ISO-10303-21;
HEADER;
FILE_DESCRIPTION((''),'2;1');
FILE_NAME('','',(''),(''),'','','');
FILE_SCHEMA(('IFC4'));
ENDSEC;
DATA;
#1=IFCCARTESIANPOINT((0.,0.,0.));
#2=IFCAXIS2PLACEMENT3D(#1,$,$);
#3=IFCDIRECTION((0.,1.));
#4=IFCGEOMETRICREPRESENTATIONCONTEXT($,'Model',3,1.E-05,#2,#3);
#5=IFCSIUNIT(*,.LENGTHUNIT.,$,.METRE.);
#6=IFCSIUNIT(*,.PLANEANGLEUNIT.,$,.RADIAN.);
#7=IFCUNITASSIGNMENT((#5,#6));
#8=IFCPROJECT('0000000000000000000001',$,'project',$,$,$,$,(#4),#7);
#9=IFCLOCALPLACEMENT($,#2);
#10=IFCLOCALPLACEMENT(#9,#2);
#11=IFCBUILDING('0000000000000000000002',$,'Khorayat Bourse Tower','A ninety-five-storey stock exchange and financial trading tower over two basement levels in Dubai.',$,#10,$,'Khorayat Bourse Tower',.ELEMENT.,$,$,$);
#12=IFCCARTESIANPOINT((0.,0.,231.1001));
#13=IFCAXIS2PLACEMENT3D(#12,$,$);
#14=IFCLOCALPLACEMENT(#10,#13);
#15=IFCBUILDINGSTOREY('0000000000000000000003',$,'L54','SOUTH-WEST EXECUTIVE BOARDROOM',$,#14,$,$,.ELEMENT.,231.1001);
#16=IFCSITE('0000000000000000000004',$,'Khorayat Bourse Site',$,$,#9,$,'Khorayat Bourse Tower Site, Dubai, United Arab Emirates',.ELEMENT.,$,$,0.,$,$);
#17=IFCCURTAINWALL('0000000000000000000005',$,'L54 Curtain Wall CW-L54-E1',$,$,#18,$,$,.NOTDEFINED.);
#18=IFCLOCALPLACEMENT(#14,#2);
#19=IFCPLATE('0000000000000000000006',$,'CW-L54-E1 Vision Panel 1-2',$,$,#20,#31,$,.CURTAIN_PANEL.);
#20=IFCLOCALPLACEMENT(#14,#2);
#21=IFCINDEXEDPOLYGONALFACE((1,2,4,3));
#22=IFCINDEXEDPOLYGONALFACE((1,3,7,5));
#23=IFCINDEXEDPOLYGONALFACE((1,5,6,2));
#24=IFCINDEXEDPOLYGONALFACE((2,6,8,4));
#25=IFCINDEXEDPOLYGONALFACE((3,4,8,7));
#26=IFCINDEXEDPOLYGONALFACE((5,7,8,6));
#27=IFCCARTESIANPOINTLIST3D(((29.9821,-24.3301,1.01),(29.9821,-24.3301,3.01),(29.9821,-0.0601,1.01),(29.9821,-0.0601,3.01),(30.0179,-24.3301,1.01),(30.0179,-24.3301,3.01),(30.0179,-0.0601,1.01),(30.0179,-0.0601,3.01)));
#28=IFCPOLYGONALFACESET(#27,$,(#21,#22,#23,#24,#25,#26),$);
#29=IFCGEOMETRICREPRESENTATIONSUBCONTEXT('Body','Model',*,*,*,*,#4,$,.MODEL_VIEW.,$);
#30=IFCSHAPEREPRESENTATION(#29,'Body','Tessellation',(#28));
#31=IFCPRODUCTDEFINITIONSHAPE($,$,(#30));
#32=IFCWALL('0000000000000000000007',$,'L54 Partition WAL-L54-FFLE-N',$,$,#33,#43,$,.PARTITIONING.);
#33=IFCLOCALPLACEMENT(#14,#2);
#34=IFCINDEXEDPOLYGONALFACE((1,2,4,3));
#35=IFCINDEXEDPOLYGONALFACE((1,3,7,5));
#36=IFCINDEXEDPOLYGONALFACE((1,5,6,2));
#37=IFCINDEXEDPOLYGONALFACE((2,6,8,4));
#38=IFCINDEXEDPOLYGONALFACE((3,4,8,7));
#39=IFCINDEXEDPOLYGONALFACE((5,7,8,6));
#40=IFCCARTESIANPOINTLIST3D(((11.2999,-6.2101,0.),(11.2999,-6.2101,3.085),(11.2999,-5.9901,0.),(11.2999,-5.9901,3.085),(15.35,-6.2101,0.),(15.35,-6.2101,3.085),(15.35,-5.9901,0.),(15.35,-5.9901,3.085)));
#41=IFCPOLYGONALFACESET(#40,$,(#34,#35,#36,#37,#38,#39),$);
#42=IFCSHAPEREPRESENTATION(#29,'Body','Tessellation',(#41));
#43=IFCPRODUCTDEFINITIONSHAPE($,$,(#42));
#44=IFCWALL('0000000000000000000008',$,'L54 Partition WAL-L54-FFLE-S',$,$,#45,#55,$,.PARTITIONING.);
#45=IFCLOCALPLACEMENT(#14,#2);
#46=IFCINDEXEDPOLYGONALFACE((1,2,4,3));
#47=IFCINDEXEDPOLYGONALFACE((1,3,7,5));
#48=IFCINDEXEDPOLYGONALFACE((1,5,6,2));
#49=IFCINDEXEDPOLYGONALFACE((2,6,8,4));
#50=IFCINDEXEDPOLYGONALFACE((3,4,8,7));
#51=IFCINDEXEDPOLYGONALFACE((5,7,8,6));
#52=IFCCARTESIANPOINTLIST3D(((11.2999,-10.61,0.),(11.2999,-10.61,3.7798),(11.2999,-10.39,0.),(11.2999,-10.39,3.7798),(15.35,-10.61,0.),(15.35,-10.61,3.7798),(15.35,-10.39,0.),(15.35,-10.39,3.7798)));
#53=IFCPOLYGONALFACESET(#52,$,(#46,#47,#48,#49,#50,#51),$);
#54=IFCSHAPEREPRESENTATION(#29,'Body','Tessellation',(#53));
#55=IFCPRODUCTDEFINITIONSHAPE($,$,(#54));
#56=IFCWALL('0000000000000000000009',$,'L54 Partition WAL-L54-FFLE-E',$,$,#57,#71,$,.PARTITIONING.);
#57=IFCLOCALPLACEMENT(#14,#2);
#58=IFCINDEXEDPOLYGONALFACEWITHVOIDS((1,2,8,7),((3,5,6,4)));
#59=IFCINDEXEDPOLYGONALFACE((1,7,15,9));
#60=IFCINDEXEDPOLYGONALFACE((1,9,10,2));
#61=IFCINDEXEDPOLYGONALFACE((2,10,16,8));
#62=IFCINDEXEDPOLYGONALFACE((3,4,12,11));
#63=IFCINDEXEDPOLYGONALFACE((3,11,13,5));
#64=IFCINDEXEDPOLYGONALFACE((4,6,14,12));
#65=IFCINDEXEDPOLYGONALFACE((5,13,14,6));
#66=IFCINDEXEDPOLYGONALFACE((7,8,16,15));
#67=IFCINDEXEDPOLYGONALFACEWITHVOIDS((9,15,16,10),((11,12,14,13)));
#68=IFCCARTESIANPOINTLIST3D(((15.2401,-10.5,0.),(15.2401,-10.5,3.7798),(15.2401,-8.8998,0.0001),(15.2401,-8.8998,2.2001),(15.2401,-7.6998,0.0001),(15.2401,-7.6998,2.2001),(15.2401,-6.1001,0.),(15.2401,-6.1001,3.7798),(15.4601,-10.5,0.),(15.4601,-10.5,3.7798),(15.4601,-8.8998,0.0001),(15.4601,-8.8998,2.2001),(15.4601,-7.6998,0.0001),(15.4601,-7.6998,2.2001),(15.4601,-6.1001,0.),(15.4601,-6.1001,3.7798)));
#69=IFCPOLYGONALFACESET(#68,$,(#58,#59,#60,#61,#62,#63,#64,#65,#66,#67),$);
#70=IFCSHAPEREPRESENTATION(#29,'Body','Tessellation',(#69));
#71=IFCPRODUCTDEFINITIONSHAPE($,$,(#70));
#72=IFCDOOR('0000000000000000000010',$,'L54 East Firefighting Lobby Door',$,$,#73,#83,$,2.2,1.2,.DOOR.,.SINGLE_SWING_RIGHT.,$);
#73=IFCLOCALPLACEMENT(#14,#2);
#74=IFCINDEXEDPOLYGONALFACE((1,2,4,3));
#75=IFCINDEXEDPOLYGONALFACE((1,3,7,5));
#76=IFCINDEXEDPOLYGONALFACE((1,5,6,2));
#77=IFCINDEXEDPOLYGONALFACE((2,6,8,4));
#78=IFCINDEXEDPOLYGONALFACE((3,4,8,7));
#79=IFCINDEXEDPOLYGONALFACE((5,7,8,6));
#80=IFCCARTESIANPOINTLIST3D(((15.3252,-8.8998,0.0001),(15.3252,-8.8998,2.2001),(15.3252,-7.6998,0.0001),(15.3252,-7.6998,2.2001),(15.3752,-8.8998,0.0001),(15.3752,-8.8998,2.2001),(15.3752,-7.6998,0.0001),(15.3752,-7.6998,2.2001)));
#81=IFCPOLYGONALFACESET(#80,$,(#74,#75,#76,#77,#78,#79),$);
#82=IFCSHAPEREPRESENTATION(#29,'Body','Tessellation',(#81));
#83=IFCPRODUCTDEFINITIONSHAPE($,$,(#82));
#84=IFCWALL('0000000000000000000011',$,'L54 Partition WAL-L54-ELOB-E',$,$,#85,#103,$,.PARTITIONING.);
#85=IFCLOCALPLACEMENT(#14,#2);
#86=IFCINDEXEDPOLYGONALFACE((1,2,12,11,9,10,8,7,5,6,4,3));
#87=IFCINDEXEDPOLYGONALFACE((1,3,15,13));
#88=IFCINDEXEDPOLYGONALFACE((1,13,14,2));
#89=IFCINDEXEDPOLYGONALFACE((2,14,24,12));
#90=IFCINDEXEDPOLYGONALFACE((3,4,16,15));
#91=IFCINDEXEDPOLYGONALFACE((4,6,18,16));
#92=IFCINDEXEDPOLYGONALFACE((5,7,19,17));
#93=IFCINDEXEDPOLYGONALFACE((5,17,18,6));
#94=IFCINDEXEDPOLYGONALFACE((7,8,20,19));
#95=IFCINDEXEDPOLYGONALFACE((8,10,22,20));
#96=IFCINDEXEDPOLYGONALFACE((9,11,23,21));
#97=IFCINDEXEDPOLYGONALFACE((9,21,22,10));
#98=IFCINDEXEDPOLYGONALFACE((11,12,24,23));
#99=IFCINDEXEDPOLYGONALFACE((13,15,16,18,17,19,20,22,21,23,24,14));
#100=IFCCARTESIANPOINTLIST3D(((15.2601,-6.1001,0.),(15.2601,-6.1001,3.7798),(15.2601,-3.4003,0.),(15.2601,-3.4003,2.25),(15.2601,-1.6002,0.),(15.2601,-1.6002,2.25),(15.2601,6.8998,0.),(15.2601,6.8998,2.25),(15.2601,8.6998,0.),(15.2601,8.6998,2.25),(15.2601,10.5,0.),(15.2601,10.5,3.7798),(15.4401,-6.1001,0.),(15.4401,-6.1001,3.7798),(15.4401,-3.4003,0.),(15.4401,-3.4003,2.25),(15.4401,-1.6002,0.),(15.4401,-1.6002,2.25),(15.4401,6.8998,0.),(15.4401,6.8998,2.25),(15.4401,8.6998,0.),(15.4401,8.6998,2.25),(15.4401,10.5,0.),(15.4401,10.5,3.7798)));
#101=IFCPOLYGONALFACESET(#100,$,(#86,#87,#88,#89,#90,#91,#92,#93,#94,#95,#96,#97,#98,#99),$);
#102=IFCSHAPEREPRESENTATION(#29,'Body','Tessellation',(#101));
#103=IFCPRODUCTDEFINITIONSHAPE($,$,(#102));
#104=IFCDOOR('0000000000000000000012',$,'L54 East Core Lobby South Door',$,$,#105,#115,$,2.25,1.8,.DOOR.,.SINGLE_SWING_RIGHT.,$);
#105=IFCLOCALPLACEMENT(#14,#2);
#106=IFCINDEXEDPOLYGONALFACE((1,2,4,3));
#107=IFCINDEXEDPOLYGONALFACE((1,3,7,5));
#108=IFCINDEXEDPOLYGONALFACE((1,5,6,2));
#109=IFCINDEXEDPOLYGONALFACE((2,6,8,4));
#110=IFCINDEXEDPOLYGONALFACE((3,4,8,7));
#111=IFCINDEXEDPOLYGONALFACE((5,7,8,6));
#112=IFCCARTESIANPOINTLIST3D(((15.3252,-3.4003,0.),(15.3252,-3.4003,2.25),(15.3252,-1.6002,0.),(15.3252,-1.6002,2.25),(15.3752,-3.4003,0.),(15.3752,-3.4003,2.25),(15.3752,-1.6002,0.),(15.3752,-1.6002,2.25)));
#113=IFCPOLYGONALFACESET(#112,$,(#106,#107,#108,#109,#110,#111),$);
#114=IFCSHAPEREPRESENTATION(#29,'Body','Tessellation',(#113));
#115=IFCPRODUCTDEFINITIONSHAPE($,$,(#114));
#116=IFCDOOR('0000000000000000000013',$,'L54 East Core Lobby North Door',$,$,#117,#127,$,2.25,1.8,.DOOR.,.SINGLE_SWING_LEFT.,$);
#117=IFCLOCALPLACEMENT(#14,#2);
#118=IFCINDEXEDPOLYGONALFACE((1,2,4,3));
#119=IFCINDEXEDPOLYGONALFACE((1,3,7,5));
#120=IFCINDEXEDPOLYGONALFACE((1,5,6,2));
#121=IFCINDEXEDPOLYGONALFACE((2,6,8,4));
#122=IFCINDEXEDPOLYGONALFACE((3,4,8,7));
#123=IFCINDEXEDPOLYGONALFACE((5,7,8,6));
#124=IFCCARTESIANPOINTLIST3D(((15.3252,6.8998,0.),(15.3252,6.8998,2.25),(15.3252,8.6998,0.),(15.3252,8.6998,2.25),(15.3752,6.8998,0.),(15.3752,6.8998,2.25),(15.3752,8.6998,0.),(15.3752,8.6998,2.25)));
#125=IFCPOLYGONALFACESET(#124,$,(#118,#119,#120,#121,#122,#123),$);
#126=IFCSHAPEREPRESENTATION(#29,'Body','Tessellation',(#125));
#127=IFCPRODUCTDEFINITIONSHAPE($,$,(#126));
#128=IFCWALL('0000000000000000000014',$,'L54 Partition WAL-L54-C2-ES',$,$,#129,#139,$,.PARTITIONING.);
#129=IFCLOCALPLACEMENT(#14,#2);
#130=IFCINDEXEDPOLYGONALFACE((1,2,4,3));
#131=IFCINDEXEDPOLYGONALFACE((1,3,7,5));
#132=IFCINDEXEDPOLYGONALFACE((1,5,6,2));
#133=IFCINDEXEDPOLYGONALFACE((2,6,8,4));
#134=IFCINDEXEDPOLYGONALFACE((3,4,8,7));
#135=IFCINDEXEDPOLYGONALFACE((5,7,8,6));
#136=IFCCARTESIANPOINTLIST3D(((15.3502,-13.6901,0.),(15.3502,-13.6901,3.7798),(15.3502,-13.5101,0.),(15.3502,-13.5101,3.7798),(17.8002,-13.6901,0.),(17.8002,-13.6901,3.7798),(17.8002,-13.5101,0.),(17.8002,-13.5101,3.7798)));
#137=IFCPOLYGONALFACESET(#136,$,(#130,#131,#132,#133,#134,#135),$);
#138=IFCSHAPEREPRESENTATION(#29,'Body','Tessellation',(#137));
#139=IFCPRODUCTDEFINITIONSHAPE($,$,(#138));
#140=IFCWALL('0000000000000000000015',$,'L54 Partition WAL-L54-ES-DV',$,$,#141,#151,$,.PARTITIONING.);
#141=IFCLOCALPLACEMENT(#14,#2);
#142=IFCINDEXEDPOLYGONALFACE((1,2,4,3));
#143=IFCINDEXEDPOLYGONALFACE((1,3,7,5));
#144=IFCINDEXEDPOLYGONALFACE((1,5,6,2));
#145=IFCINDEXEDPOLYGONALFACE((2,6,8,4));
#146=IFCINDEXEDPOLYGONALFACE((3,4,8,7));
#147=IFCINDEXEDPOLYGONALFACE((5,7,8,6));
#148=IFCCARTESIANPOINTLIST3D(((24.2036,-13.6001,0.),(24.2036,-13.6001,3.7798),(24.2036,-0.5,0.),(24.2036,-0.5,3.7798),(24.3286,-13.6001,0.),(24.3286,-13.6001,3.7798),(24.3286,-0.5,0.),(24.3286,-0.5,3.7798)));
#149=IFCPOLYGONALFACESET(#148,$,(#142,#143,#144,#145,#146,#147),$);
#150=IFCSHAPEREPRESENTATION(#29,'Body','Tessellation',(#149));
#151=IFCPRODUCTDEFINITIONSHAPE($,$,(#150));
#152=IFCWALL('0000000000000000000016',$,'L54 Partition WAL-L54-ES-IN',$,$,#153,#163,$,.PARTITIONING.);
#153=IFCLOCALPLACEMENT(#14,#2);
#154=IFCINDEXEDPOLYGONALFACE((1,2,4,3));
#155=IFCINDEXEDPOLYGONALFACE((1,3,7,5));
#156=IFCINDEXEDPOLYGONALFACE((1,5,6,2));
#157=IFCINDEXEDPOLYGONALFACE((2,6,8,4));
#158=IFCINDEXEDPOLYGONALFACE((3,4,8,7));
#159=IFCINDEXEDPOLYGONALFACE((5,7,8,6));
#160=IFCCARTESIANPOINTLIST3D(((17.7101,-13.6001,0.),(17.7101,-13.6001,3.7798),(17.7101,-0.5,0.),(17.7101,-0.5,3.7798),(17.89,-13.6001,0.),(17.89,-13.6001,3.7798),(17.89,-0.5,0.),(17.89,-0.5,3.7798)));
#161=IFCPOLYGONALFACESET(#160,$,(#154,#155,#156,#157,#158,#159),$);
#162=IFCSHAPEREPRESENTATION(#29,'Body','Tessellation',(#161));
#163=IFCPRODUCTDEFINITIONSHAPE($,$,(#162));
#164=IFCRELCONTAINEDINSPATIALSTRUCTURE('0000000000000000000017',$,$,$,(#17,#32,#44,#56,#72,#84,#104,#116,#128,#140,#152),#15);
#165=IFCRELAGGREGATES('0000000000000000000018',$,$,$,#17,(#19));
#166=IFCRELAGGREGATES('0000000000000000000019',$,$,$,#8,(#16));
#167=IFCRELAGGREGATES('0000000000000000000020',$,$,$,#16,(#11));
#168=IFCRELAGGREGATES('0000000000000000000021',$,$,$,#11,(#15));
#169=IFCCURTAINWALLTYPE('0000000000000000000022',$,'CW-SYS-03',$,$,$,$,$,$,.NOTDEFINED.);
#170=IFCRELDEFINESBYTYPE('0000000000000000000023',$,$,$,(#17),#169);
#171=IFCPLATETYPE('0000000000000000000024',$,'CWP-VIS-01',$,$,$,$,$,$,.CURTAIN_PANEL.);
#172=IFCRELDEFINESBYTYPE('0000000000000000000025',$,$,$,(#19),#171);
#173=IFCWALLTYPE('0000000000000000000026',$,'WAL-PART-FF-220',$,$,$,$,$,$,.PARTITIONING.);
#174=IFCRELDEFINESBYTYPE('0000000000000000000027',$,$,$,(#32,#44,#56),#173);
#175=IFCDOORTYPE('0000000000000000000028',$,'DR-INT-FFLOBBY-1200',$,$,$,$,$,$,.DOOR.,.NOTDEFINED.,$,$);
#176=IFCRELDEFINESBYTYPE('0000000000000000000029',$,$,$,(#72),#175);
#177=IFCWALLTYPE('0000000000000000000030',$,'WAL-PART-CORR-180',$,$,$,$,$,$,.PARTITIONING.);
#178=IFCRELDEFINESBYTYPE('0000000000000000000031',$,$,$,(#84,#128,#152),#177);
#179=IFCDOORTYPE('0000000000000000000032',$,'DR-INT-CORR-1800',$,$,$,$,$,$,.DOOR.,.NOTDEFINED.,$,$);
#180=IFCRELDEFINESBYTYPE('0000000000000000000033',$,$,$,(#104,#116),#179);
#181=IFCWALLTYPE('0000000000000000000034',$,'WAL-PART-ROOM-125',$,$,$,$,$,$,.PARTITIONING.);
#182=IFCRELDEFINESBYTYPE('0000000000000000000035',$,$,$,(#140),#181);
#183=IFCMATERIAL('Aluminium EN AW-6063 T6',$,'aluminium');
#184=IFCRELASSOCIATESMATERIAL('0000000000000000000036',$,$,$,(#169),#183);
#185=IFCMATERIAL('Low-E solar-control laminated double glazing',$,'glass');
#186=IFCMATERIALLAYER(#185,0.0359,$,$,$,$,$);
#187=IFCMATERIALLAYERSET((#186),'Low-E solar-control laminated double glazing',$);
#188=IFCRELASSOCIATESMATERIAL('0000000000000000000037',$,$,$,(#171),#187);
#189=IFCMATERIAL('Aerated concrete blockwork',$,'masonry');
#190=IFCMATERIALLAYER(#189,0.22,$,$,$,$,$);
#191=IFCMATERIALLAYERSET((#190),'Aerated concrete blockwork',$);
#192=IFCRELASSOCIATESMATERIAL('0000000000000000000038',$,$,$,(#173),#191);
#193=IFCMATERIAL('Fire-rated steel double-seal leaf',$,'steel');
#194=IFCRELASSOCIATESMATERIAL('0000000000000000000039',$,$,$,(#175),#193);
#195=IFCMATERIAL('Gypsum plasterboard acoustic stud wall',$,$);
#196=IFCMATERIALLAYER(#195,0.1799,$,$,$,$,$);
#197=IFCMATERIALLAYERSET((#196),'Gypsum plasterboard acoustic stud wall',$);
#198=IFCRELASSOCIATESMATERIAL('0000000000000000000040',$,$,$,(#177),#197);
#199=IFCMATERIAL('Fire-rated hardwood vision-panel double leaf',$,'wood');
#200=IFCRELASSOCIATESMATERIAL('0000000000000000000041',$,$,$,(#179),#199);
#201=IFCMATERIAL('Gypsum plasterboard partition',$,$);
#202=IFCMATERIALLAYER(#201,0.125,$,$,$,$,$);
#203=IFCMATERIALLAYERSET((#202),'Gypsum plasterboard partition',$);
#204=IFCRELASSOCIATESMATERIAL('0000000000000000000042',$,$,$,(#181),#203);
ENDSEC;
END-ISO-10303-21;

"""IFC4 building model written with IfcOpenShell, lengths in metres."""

from ifc_helpers import new_model, si_unit, direction, frame, frame_2d, origin, origin_2d, place, context, subcontext, project, spatial, rectangle, extrude, source, transform, mapped, material, layer, layer_set, type_object, element, fill, aggregate, save


model = new_model("IFC4")

# Units and contexts
model_context = context("Model", 3, precision=1e-05, world=origin(), true_north=direction((0.0, 1.0)))
body_context = subcontext(model_context, "Body", "Model", "MODEL_VIEW")
ifc_project = project(units=[si_unit("LENGTHUNIT", "METRE"), si_unit("PLANEANGLEUNIT", "RADIAN")], contexts=[model_context])

# Site, building, storey
site_placement = place(None, origin())
site = spatial("IfcSite", under=ifc_project, at=site_placement, Name="Khorayat Bourse Site", LongName="Khorayat Bourse Tower Site, Dubai, United Arab Emirates", CompositionType="ELEMENT", RefElevation=0.0)
building_placement = place(site_placement, origin())
building = spatial("IfcBuilding", under=site, at=building_placement, Name="Khorayat Bourse Tower", Description="A ninety-five-storey stock exchange and financial trading tower over two basement levels in Dubai.", LongName="Khorayat Bourse Tower", CompositionType="ELEMENT")
storey_placement = place(building_placement, frame((0.0, 0.0, 231.1001)))
storey = spatial("IfcBuildingStorey", under=building, at=storey_placement, Name="L54", Description="SOUTH-WEST EXECUTIVE BOARDROOM", CompositionType="ELEMENT", Elevation=231.1001)

# Curtain wall
ifc_material_1 = material(Name="Aluminium EN AW-6063 T6", Category="aluminium")
curtain_wall_type = type_object("IfcCurtainWallType", Name="CW-SYS-03", PredefinedType="NOTDEFINED", material=ifc_material_1)
curtain_wall_placement = place(storey_placement, origin())
curtain_wall = element("IfcCurtainWall", 1, at=curtain_wall_placement, inside=storey, type_object=curtain_wall_type, Name="L54 Curtain Wall CW-L54-E1", PredefinedType="NOTDEFINED")

# Plate
ifc_material_2 = material(Name="Low-E solar-control laminated double glazing", Category="glass")
ifc_layer_1 = layer(ifc_material_2, 0.0359)
ifc_layer_set_1 = layer_set([ifc_layer_1], Name="Low-E solar-control laminated double glazing")
plate_type_1 = type_object("IfcPlateType", Name="CWP-VIS-01", PredefinedType="CURTAIN_PANEL", material=ifc_layer_set_1)
shared_shape_1 = source(origin(), body_context, "Body", "SweptSolid", [
    extrude(rectangle(XDim=24.27, YDim=0.0359, at=origin_2d()), origin(), (0.0, 0.0, 1.0), 2.0),
])
plate_1_placement = place(storey_placement, frame((30.0, -12.1951, 1.01), z_axis=(0.0, 0.0, 1.0), x_axis=(0.0, 1.0, 0.0)))
plate_1 = element("IfcPlate", 2, at=plate_1_placement, type_object=plate_type_1, Name="CW-L54-E1 Vision Panel 1-2", PredefinedType="CURTAIN_PANEL", context=body_context, shape_type="MappedRepresentation", body=[
    mapped(shared_shape_1, transform((0.0, 0.0, 0.0), scale=1.0)),
])
aggregate(curtain_wall, [plate_1])

# Walls
ifc_material_3 = material(Name="Aerated concrete blockwork", Category="masonry")
ifc_layer_2 = layer(ifc_material_3, 0.22)
ifc_layer_set_2 = layer_set([ifc_layer_2], Name="Aerated concrete blockwork")
wall_type_1 = type_object("IfcWallType", Name="WAL-PART-FF-220", PredefinedType="PARTITIONING", material=ifc_layer_set_2)
shared_shape_2 = source(origin(), body_context, "Body", "SweptSolid", [
    extrude(rectangle(XDim=4.05, YDim=0.22, at=frame_2d((2.0249, 0.0))), origin(), (0.0, 0.0, 1.0), 3.085),
])
wall_1_placement = place(storey_placement, frame((11.3, -6.1001, 0.0), z_axis=(0.0, 0.0, 1.0), x_axis=(1.0, 0.0, 0.0)))
element("IfcWall", 3, at=wall_1_placement, inside=storey, type_object=wall_type_1, Name="L54 Partition WAL-L54-FFLE-N", PredefinedType="PARTITIONING", context=body_context, shape_type="MappedRepresentation", body=[
    mapped(shared_shape_2, transform((0.0, 0.0, 0.0), scale=1.0)),
])
shared_shape_3 = source(origin(), body_context, "Body", "SweptSolid", [
    extrude(rectangle(XDim=4.05, YDim=0.22, at=frame_2d((2.0249, 0.0))), origin(), (0.0, 0.0, 1.0), 3.7798),
])
wall_2_placement = place(storey_placement, frame((11.3, -10.5, 0.0), z_axis=(0.0, 0.0, 1.0), x_axis=(1.0, 0.0, 0.0)))
element("IfcWall", 4, at=wall_2_placement, inside=storey, type_object=wall_type_1, Name="L54 Partition WAL-L54-FFLE-S", PredefinedType="PARTITIONING", context=body_context, shape_type="MappedRepresentation", body=[
    mapped(shared_shape_3, transform((0.0, 0.0, 0.0), scale=1.0)),
])

# Wall, opening, door
shared_shape_4 = source(origin(), body_context, "Body", "SweptSolid", [
    extrude(rectangle(XDim=4.3999, YDim=0.22, at=frame_2d((2.2, 0.0))), origin(), (0.0, 0.0, 1.0), 3.7798),
])
wall_3_placement = place(storey_placement, frame((15.3501, -10.5, 0.0), z_axis=(0.0, 0.0, 1.0), x_axis=(0.0, 1.0, 0.0)))
wall_3 = element("IfcWall", 5, at=wall_3_placement, inside=storey, type_object=wall_type_1, Name="L54 Partition WAL-L54-FFLE-E", PredefinedType="PARTITIONING", context=body_context, shape_type="MappedRepresentation", body=[
    mapped(shared_shape_4, transform((0.0, 0.0, 0.0), scale=1.0)),
])
shared_shape_5 = source(origin(), body_context, "Body", "SweptSolid", [
    extrude(rectangle(XDim=1.2, YDim=2.2, at=frame_2d((0.6001, 1.1001))), frame((0.0, 0.1199, 0.0), z_axis=(0.0, -1.0, 0.0), x_axis=(1.0, 0.0, 0.0)), (0.0, 0.0, 1.0), 0.24),
])
opening_1_placement = place(wall_3_placement, frame((1.6001, 0.0, 0.0)))
opening_1 = element("IfcOpeningElement", 6, at=opening_1_placement, cuts=wall_3, PredefinedType="OPENING", context=body_context, shape_type="MappedRepresentation", body=[
    mapped(shared_shape_5, transform((0.0, 0.0, 0.0), scale=1.0)),
])
ifc_material_4 = material(Name="Fire-rated steel double-seal leaf", Category="steel")
door_type_1 = type_object("IfcDoorType", Name="DR-INT-FFLOBBY-1200", OperationType="NOTDEFINED", PredefinedType="DOOR", material=ifc_material_4)
shared_shape_6 = source(origin(), body_context, "Body", "SweptSolid", [
    extrude(rectangle(XDim=1.2, YDim=2.2, at=frame_2d((0.6001, 1.1001))), frame((0.0, 0.0249, 0.0), z_axis=(0.0, -1.0, 0.0), x_axis=(1.0, 0.0, 0.0)), (0.0, 0.0, 1.0), 0.05),
])
door_1_placement = place(opening_1_placement, origin())
door_1 = element("IfcDoor", 7, at=door_1_placement, inside=storey, type_object=door_type_1, Name="L54 East Firefighting Lobby Door", OperationType="SINGLE_SWING_RIGHT", OverallHeight=2.2, OverallWidth=1.2, PredefinedType="DOOR", context=body_context, shape_type="MappedRepresentation", body=[
    mapped(shared_shape_6, transform((0.0, 0.0, 0.0), scale=1.0)),
])
fill(opening_1, door_1)

# Wall, openings, doors
ifc_material_5 = material(Name="Gypsum plasterboard acoustic stud wall")
ifc_layer_3 = layer(ifc_material_5, 0.1799)
ifc_layer_set_3 = layer_set([ifc_layer_3], Name="Gypsum plasterboard acoustic stud wall")
wall_type_2 = type_object("IfcWallType", Name="WAL-PART-CORR-180", PredefinedType="PARTITIONING", material=ifc_layer_set_3)
shared_shape_7 = source(origin(), body_context, "Body", "SweptSolid", [
    extrude(rectangle(XDim=16.6001, YDim=0.1799, at=frame_2d((8.3, 0.0))), origin(), (0.0, 0.0, 1.0), 3.7798),
])
wall_4_placement = place(storey_placement, frame((15.3501, -6.1001, 0.0), z_axis=(0.0, 0.0, 1.0), x_axis=(0.0, 1.0, 0.0)))
wall_4 = element("IfcWall", 8, at=wall_4_placement, inside=storey, type_object=wall_type_2, Name="L54 Partition WAL-L54-ELOB-E", PredefinedType="PARTITIONING", context=body_context, shape_type="MappedRepresentation", body=[
    mapped(shared_shape_7, transform((0.0, 0.0, 0.0), scale=1.0)),
])
shared_shape_8 = source(origin(), body_context, "Body", "SweptSolid", [
    extrude(rectangle(XDim=1.8, YDim=2.25, at=frame_2d((0.8999, 1.125))), frame((0.0, 0.0999, 0.0), z_axis=(0.0, -1.0, 0.0), x_axis=(1.0, 0.0, 0.0)), (0.0, 0.0, 1.0), 0.2),
])
opening_2_placement = place(wall_4_placement, frame((2.7, 0.0, 0.0)))
opening_2 = element("IfcOpeningElement", 9, at=opening_2_placement, cuts=wall_4, PredefinedType="OPENING", context=body_context, shape_type="MappedRepresentation", body=[
    mapped(shared_shape_8, transform((0.0, 0.0, 0.0), scale=1.0)),
])
opening_3_placement = place(wall_4_placement, frame((13.0, 0.0, 0.0)))
opening_3 = element("IfcOpeningElement", 10, at=opening_3_placement, cuts=wall_4, PredefinedType="OPENING", context=body_context, shape_type="MappedRepresentation", body=[
    mapped(shared_shape_8, transform((0.0, 0.0, 0.0), scale=1.0)),
])
ifc_material_6 = material(Name="Fire-rated hardwood vision-panel double leaf", Category="wood")
door_type_2 = type_object("IfcDoorType", Name="DR-INT-CORR-1800", OperationType="NOTDEFINED", PredefinedType="DOOR", material=ifc_material_6)
shared_shape_9 = source(origin(), body_context, "Body", "SweptSolid", [
    extrude(rectangle(XDim=1.8, YDim=2.25, at=frame_2d((0.8999, 1.125))), frame((0.0, 0.0249, 0.0), z_axis=(0.0, -1.0, 0.0), x_axis=(1.0, 0.0, 0.0)), (0.0, 0.0, 1.0), 0.05),
])
door_2_placement = place(opening_2_placement, origin())
door_2 = element("IfcDoor", 11, at=door_2_placement, inside=storey, type_object=door_type_2, Name="L54 East Core Lobby South Door", OperationType="SINGLE_SWING_RIGHT", OverallHeight=2.25, OverallWidth=1.8, PredefinedType="DOOR", context=body_context, shape_type="MappedRepresentation", body=[
    mapped(shared_shape_9, transform((0.0, 0.0, 0.0), scale=1.0)),
])
fill(opening_2, door_2)
door_3_placement = place(opening_3_placement, origin())
door_3 = element("IfcDoor", 12, at=door_3_placement, inside=storey, type_object=door_type_2, Name="L54 East Core Lobby North Door", OperationType="SINGLE_SWING_LEFT", OverallHeight=2.25, OverallWidth=1.8, PredefinedType="DOOR", context=body_context, shape_type="MappedRepresentation", body=[
    mapped(shared_shape_9, transform((0.0, 0.0, 0.0), scale=1.0)),
])
fill(opening_3, door_3)

# Walls
shared_shape_10 = source(origin(), body_context, "Body", "SweptSolid", [
    extrude(rectangle(XDim=2.45, YDim=0.1799, at=frame_2d((1.2251, 0.0))), origin(), (0.0, 0.0, 1.0), 3.7798),
])
wall_5_placement = place(storey_placement, frame((15.3501, -13.6001, 0.0), z_axis=(0.0, 0.0, 1.0), x_axis=(1.0, 0.0, 0.0)))
element("IfcWall", 13, at=wall_5_placement, inside=storey, type_object=wall_type_2, Name="L54 Partition WAL-L54-C2-ES", PredefinedType="PARTITIONING", context=body_context, shape_type="MappedRepresentation", body=[
    mapped(shared_shape_10, transform((0.0, 0.0, 0.0), scale=1.0)),
])
ifc_material_7 = material(Name="Gypsum plasterboard partition")
ifc_layer_4 = layer(ifc_material_7, 0.125)
ifc_layer_set_4 = layer_set([ifc_layer_4], Name="Gypsum plasterboard partition")
wall_type_3 = type_object("IfcWallType", Name="WAL-PART-ROOM-125", PredefinedType="PARTITIONING", material=ifc_layer_set_4)
shared_shape_11 = source(origin(), body_context, "Body", "SweptSolid", [
    extrude(rectangle(XDim=13.1001, YDim=0.125, at=frame_2d((6.55, 0.0))), origin(), (0.0, 0.0, 1.0), 3.7798),
])
wall_6_placement = place(storey_placement, frame((24.2661, -13.6001, 0.0), z_axis=(0.0, 0.0, 1.0), x_axis=(0.0, 1.0, 0.0)))
element("IfcWall", 14, at=wall_6_placement, inside=storey, type_object=wall_type_3, Name="L54 Partition WAL-L54-ES-DV", PredefinedType="PARTITIONING", context=body_context, shape_type="MappedRepresentation", body=[
    mapped(shared_shape_11, transform((0.0, 0.0, 0.0), scale=1.0)),
])
shared_shape_12 = source(origin(), body_context, "Body", "SweptSolid", [
    extrude(rectangle(XDim=13.1001, YDim=0.1799, at=frame_2d((6.55, 0.0))), origin(), (0.0, 0.0, 1.0), 3.7798),
])
wall_7_placement = place(storey_placement, frame((17.8, -13.6001, 0.0), z_axis=(0.0, 0.0, 1.0), x_axis=(0.0, 1.0, 0.0)))
element("IfcWall", 15, at=wall_7_placement, inside=storey, type_object=wall_type_2, Name="L54 Partition WAL-L54-ES-IN", PredefinedType="PARTITIONING", context=body_context, shape_type="MappedRepresentation", body=[
    mapped(shared_shape_12, transform((0.0, 0.0, 0.0), scale=1.0)),
])

save(model, "model.ifc")
